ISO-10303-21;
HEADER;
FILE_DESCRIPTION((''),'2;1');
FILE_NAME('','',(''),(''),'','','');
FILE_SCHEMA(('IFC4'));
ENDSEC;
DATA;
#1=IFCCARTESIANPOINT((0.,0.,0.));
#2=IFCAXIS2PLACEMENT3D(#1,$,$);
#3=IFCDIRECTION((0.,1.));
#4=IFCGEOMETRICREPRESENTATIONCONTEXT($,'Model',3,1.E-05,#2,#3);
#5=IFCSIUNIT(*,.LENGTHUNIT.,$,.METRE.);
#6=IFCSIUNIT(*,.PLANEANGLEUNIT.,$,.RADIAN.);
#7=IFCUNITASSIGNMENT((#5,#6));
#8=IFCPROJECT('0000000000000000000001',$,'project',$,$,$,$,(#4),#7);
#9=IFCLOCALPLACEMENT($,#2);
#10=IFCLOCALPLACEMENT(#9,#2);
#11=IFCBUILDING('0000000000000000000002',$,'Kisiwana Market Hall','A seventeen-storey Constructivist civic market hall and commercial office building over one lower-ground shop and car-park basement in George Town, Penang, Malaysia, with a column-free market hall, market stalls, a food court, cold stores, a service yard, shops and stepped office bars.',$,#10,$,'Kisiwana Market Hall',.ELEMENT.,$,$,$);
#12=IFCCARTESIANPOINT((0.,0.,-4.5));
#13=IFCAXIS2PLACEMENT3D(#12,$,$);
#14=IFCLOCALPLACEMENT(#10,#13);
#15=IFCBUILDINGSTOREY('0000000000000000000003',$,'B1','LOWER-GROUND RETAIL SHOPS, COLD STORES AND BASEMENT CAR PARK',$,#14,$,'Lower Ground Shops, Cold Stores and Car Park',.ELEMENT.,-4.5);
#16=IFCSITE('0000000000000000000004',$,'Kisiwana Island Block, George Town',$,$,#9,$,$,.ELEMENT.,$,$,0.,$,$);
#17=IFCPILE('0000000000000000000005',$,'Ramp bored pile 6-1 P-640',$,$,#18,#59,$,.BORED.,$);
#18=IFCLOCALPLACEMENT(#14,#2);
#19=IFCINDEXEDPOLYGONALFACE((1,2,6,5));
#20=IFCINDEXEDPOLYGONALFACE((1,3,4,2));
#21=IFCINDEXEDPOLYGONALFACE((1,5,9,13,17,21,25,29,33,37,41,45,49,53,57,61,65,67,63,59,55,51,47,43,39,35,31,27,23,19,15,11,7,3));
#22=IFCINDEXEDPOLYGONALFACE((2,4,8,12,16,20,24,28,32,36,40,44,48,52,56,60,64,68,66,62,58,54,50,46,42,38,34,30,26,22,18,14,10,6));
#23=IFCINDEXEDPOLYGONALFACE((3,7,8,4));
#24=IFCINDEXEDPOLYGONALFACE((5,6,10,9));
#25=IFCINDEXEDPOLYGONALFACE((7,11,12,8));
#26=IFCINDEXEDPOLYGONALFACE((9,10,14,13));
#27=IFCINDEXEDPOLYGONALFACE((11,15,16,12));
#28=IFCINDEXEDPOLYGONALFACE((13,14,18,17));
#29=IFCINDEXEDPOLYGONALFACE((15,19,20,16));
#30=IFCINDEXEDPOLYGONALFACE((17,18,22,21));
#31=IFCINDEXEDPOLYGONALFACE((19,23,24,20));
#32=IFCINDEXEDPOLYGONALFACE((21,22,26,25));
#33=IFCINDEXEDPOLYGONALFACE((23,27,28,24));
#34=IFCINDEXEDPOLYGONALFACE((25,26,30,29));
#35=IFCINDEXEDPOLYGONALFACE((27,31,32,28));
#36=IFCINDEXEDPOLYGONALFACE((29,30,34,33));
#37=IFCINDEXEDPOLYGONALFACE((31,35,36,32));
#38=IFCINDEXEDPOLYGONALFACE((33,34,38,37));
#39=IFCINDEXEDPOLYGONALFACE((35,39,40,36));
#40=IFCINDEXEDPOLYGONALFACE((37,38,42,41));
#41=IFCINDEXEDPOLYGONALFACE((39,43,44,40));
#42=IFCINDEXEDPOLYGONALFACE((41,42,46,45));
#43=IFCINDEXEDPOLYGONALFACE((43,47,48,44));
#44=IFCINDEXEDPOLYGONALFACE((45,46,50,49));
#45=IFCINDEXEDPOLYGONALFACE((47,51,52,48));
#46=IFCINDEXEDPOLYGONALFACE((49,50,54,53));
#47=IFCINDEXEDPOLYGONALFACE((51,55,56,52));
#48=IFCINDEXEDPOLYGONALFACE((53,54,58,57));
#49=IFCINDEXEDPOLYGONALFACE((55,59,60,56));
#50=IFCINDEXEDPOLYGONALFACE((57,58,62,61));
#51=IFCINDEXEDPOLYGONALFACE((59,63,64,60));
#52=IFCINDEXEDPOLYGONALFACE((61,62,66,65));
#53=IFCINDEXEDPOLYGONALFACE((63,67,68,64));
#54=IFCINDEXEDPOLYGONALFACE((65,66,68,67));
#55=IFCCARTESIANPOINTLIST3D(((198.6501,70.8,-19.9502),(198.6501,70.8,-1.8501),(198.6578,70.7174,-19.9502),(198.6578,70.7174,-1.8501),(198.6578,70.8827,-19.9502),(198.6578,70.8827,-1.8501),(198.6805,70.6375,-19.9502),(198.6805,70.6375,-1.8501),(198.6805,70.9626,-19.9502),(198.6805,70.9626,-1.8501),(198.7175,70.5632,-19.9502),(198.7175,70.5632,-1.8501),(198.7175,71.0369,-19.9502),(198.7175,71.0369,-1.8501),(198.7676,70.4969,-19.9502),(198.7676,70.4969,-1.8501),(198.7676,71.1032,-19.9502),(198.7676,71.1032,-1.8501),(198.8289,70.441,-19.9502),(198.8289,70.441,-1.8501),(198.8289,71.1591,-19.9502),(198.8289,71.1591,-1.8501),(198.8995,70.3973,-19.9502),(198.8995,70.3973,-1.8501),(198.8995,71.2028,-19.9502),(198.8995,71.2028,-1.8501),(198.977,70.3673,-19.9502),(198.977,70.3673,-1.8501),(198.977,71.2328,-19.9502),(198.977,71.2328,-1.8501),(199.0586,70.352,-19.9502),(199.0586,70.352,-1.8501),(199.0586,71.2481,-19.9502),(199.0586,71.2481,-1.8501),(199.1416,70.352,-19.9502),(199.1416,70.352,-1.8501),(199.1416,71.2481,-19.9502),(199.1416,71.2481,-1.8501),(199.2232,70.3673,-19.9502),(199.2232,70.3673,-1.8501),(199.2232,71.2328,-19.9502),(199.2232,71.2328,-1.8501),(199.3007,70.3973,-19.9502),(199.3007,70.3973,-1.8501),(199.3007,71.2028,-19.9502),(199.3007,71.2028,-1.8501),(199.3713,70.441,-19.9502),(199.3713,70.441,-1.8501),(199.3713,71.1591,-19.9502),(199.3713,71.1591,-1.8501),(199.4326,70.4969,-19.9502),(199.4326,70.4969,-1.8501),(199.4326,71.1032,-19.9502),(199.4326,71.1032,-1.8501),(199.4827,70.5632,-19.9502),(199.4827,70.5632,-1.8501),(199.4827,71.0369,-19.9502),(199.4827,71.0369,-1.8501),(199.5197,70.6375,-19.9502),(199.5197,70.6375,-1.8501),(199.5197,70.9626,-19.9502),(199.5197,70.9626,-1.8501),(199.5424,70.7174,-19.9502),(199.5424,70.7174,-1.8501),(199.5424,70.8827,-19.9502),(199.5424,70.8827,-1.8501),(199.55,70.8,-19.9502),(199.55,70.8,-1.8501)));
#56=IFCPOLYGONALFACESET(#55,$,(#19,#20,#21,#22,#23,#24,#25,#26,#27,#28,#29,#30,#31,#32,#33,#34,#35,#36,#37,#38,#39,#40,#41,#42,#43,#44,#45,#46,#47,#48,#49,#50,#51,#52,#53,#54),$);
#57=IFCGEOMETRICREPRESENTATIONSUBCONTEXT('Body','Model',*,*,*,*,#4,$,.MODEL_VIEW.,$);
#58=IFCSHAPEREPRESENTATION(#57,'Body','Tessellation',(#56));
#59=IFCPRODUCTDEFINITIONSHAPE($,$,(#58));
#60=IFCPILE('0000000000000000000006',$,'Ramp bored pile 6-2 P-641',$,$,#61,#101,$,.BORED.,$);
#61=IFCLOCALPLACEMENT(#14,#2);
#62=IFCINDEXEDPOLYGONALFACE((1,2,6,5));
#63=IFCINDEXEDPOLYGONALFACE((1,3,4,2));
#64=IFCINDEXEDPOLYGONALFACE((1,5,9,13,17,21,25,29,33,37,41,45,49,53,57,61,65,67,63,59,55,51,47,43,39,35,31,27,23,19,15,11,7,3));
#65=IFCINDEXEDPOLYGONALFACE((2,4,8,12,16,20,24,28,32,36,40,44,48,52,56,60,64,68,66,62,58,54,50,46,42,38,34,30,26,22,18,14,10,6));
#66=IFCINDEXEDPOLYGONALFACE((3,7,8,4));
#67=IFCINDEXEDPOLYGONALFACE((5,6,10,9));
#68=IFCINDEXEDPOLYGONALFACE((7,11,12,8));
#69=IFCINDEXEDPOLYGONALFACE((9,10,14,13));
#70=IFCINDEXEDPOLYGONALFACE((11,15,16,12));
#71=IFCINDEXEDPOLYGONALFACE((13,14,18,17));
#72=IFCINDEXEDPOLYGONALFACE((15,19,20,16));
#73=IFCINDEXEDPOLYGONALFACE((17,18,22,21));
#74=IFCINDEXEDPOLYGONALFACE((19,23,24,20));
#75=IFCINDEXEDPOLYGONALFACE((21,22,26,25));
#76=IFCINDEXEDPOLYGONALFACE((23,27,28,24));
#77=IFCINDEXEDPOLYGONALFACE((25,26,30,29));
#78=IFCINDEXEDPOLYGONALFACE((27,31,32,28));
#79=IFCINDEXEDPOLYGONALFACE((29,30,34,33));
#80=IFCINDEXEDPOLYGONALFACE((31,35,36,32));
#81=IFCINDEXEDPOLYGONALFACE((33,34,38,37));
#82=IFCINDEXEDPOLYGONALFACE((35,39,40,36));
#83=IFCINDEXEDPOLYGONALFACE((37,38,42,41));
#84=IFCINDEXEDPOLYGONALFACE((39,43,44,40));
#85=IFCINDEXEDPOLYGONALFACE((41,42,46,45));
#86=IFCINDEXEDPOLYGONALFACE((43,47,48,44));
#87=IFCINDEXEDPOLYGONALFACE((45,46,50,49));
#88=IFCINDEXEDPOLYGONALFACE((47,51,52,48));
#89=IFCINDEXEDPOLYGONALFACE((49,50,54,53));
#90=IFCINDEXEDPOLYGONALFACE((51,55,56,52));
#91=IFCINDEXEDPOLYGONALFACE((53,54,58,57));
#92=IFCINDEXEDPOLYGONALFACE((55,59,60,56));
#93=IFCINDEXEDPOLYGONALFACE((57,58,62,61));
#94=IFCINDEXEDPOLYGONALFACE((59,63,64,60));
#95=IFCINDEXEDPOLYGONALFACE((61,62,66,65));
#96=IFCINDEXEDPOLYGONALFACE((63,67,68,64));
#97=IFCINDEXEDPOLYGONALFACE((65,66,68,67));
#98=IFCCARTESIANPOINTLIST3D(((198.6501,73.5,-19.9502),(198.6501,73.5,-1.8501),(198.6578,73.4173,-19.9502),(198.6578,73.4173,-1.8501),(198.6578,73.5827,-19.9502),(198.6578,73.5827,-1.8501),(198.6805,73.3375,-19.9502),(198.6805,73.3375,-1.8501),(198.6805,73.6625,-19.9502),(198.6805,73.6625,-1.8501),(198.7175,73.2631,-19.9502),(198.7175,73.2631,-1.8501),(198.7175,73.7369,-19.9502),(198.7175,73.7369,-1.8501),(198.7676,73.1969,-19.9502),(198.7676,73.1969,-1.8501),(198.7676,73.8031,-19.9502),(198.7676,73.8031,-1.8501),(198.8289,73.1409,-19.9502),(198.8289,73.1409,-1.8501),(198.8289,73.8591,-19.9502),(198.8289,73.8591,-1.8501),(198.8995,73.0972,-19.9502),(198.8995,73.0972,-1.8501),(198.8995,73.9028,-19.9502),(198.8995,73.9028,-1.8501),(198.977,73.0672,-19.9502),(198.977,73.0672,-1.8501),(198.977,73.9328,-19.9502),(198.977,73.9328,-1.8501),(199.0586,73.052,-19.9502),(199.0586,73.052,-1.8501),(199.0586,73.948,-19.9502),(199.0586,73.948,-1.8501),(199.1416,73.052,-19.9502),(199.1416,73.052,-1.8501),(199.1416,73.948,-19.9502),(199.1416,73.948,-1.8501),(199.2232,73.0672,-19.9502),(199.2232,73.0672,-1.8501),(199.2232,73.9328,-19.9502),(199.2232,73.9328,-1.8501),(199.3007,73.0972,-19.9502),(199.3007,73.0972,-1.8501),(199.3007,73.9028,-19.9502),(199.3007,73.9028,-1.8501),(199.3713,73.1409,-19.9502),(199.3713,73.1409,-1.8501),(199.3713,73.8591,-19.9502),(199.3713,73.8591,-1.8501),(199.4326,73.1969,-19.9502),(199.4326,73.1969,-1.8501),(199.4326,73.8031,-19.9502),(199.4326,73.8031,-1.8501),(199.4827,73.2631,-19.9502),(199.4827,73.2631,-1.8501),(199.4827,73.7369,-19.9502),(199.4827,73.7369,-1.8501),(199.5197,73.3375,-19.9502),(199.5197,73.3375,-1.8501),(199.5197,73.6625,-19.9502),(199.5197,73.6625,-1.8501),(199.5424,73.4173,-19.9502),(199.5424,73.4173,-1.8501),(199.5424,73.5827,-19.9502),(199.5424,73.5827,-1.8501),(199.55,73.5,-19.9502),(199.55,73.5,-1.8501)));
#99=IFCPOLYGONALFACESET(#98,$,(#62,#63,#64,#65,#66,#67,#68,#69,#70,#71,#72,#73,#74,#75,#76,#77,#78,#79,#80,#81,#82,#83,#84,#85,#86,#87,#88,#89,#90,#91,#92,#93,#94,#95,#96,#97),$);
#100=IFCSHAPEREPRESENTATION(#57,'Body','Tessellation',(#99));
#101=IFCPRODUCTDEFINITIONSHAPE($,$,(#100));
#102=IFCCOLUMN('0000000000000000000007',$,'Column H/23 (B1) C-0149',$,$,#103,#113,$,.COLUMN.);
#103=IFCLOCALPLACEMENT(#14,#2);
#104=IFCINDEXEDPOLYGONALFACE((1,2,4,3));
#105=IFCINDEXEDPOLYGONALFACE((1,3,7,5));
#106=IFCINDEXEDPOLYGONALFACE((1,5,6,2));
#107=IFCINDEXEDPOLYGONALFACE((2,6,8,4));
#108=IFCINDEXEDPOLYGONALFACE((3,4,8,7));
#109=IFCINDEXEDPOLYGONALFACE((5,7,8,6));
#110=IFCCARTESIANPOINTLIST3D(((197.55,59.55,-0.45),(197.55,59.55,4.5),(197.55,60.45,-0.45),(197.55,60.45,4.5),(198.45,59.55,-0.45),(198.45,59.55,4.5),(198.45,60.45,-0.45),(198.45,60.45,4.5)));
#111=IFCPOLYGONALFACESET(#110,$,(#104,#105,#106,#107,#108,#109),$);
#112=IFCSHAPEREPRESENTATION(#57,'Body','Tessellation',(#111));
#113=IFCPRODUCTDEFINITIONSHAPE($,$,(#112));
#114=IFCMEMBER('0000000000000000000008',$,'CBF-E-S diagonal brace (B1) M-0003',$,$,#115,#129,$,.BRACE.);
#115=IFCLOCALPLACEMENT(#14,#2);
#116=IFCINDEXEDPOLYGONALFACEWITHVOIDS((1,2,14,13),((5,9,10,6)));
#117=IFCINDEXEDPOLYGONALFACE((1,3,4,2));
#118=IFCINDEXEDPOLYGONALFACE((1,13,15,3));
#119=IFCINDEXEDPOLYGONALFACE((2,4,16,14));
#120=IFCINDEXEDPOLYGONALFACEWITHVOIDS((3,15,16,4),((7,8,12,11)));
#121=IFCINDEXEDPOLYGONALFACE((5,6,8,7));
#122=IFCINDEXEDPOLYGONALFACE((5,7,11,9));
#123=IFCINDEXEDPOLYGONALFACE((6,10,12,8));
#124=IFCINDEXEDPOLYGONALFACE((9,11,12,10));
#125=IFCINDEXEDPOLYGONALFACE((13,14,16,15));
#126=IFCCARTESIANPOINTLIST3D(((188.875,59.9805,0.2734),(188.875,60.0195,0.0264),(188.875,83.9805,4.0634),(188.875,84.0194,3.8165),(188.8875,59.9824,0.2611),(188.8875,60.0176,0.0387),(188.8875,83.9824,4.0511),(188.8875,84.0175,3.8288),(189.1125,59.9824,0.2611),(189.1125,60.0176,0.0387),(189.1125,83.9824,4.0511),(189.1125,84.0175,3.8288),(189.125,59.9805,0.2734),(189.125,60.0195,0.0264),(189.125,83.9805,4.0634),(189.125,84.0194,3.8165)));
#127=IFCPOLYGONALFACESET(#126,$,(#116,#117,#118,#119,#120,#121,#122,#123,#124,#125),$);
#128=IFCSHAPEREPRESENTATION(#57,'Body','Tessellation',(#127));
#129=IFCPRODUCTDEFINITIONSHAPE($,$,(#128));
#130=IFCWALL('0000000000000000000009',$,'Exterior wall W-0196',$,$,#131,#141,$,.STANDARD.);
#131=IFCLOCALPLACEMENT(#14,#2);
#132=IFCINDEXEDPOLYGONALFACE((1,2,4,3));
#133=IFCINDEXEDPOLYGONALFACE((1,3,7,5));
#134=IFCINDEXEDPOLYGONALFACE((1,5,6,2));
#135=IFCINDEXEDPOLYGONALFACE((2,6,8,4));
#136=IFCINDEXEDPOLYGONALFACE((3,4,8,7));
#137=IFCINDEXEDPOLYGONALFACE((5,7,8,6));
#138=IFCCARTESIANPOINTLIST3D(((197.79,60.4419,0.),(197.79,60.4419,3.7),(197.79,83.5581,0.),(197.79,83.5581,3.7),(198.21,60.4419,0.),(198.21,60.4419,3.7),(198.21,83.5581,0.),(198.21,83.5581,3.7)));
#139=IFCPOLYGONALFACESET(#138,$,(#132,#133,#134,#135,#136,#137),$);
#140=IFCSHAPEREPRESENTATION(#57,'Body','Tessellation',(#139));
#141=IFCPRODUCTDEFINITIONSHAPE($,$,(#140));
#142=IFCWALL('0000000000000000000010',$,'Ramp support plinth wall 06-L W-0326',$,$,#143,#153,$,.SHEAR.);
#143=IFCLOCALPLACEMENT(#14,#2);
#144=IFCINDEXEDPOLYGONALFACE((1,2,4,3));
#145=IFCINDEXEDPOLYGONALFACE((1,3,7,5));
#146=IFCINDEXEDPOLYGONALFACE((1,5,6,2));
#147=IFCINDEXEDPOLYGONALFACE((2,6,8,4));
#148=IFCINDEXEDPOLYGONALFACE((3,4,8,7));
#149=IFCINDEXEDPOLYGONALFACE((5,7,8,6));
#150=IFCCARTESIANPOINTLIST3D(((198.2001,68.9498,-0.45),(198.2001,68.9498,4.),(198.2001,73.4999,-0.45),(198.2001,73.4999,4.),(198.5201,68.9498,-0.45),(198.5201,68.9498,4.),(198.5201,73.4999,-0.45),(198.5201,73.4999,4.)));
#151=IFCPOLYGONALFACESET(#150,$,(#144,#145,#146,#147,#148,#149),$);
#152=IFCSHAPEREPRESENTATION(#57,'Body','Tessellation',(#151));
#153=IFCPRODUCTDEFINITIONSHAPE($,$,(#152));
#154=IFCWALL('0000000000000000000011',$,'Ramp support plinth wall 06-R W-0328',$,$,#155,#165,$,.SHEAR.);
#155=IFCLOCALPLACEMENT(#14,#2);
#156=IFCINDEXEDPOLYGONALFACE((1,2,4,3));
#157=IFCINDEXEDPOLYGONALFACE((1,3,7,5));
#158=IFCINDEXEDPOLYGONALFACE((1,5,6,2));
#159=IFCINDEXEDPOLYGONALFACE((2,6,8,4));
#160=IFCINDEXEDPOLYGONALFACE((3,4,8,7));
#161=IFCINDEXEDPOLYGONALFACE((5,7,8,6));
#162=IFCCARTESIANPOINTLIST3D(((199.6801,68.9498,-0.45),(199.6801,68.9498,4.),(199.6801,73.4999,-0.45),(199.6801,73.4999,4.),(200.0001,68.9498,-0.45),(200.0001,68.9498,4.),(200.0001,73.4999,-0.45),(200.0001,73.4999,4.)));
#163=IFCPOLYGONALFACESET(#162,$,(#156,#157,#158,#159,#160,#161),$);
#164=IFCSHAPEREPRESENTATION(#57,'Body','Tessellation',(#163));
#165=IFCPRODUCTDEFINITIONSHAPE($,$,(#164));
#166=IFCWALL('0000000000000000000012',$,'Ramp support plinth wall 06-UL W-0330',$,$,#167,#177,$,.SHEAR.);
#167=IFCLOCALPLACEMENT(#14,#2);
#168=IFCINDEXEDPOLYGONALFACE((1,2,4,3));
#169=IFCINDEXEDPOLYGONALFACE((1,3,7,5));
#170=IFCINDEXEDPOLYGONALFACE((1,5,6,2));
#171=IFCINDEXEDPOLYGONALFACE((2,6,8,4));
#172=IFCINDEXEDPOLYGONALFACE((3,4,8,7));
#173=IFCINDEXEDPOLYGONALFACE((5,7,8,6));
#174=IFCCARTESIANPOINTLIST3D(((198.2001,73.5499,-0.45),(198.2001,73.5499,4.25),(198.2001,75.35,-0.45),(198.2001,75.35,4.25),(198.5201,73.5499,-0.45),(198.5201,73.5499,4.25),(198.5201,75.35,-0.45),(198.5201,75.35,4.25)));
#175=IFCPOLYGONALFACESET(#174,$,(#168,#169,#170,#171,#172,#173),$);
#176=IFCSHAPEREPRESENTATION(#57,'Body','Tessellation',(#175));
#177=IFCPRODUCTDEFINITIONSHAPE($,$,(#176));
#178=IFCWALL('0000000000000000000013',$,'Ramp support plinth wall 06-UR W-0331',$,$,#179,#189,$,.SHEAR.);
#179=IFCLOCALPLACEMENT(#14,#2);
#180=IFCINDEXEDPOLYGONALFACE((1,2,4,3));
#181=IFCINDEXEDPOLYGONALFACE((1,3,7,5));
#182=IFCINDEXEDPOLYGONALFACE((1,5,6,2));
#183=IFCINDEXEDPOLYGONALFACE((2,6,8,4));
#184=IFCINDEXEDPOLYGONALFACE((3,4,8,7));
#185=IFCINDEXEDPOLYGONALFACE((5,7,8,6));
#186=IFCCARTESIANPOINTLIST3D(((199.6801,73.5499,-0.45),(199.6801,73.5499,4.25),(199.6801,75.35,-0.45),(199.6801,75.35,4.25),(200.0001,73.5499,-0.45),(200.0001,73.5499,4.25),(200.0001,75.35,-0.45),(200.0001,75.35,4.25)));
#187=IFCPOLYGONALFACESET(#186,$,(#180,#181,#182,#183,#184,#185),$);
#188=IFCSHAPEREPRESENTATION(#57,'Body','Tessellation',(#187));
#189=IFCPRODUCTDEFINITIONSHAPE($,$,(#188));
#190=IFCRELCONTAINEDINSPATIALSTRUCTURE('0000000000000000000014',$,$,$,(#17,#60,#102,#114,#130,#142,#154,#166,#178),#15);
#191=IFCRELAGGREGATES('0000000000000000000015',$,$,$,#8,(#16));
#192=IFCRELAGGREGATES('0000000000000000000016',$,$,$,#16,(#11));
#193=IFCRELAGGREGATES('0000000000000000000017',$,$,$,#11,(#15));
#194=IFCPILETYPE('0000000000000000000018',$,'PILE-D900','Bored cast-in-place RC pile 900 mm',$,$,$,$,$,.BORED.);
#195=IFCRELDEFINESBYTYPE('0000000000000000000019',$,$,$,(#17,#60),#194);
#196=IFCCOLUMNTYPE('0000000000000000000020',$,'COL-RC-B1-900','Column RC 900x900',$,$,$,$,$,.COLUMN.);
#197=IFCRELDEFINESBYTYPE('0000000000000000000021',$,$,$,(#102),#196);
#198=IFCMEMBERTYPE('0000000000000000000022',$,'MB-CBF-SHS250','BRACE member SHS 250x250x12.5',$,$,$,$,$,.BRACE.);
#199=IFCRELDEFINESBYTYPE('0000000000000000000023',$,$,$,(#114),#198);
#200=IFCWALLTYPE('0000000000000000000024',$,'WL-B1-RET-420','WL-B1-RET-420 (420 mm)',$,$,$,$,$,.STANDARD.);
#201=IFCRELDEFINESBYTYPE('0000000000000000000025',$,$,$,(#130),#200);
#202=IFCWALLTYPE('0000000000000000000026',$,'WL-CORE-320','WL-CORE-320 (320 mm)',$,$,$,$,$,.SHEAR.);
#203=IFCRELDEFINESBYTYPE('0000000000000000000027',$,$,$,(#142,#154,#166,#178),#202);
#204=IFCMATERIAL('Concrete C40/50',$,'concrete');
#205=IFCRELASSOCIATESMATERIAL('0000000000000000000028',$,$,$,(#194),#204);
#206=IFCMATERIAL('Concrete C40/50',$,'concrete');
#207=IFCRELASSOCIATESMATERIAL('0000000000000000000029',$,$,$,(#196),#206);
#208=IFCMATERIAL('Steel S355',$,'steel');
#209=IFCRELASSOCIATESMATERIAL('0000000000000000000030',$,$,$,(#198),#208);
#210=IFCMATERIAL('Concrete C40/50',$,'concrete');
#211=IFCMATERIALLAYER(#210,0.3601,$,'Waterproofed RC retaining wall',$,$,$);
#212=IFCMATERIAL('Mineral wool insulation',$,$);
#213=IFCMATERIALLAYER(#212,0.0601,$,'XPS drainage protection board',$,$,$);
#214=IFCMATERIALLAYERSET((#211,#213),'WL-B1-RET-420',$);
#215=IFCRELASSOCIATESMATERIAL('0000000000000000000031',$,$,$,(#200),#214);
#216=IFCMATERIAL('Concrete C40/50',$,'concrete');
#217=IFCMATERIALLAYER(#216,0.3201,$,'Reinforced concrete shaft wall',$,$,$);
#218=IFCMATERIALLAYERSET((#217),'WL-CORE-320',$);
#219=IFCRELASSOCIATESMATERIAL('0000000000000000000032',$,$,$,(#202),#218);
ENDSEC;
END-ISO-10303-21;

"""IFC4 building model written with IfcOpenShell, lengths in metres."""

from ifc_helpers import new_model, si_unit, direction, frame, frame_2d, origin, origin_2d, place, context, subcontext, project, spatial, rectangle, hollow_rectangle, circle, extrude, material, layer, layer_set, material_profile, profile_set, type_object, element, save


model = new_model("IFC4")

# Units and contexts
model_context = context("Model", 3, precision=1e-05, world=origin(), true_north=direction((0.0, 1.0)))
body_context = subcontext(model_context, "Body", "Model", "MODEL_VIEW")
ifc_project = project(units=[si_unit("LENGTHUNIT", "METRE"), si_unit("PLANEANGLEUNIT", "RADIAN")], contexts=[model_context])

# Site, building, storey
site_placement = place(None, origin())
site = spatial("IfcSite", under=ifc_project, at=site_placement, Name="Kisiwana Island Block, George Town", CompositionType="ELEMENT", RefElevation=0.0)
building_placement = place(site_placement, origin())
building = spatial("IfcBuilding", under=site, at=building_placement, Name="Kisiwana Market Hall", Description="A seventeen-storey Constructivist civic market hall and commercial office building over one lower-ground shop and car-park basement in George Town, Penang, Malaysia, with a column-free market hall, market stalls, a food court, cold stores, a service yard, shops and stepped office bars.", LongName="Kisiwana Market Hall", CompositionType="ELEMENT")
storey_placement = place(building_placement, frame((0.0, 0.0, -4.5)))
storey = spatial("IfcBuildingStorey", under=building, at=storey_placement, Name="B1", Description="LOWER-GROUND RETAIL SHOPS, COLD STORES AND BASEMENT CAR PARK", LongName="Lower Ground Shops, Cold Stores and Car Park", CompositionType="ELEMENT", Elevation=-4.5)

# Piles
ifc_material_1 = material(Name="Concrete C40/50", Category="concrete")
ifc_material_profile_1 = material_profile(ifc_material_1, circle(Radius=0.45, at=origin_2d()), Name="BP D900")
ifc_profile_set_1 = profile_set([ifc_material_profile_1], Name="Concrete C40/50")
pile_type_1 = type_object("IfcPileType", Name="PILE-D900", Description="Bored cast-in-place RC pile 900 mm", PredefinedType="BORED", material=ifc_profile_set_1)
for number, where, z_axis, x_axis, name in (
    (1, (199.1001, 70.8, -1.8501), (0.0, 0.0, -1.0), (1.0, 0.0, 0.0), "Ramp bored pile 6-1 P-640"),
    (2, (199.1001, 73.5, -1.8501), (0.0, 0.0, -1.0), (1.0, 0.0, 0.0), "Ramp bored pile 6-2 P-641"),
):
    element("IfcPile", number, at=place(storey_placement, frame(where, z_axis=z_axis, x_axis=x_axis)), inside=storey, type_object=pile_type_1, Name=name, PredefinedType="BORED", context=body_context, shape_type="SweptSolid", body=[
        extrude(circle(Radius=0.45, at=origin_2d()), origin(), (0.0, 0.0, 1.0), 18.1001),
    ])

# Column
ifc_material_2 = material(Name="Concrete C40/50", Category="concrete")
ifc_material_profile_2 = material_profile(ifc_material_2, rectangle(XDim=0.8999, YDim=0.8999, at=origin_2d()), Name="RC 900x900")
ifc_profile_set_2 = profile_set([ifc_material_profile_2], Name="Concrete C40/50")
column_type = type_object("IfcColumnType", Name="COL-RC-B1-900", Description="Column RC 900x900", PredefinedType="COLUMN", material=ifc_profile_set_2)
column_placement = place(storey_placement, frame((198.0, 60.0, -0.45), z_axis=(0.0, 0.0, 1.0), x_axis=(1.0, 0.0, 0.0)))
element("IfcColumn", 3, at=column_placement, inside=storey, type_object=column_type, Name="Column H/23 (B1) C-0149", PredefinedType="COLUMN", context=body_context, shape_type="SweptSolid", body=[
    extrude(rectangle(XDim=0.8999, YDim=0.8999, at=origin_2d()), origin(), (0.0, 0.0, 1.0), 4.95),
])

# Member
ifc_material_3 = material(Name="Steel S355", Category="steel")
ifc_material_profile_3 = material_profile(ifc_material_3, hollow_rectangle(XDim=0.25, YDim=0.25, WallThickness=0.0125, at=origin_2d()), Name="SHS 250x250x12.5")
ifc_profile_set_3 = profile_set([ifc_material_profile_3], Name="Steel S355")
member_type = type_object("IfcMemberType", Name="MB-CBF-SHS250", Description="BRACE member SHS 250x250x12.5", PredefinedType="BRACE", material=ifc_profile_set_3)
member_placement = place(storey_placement, frame((189.0, 60.0, 0.1499), z_axis=(0.0, 0.987759, 0.155985), x_axis=(-1.0, 0.0, 0.0)))
element("IfcMember", 4, at=member_placement, inside=storey, type_object=member_type, Name="CBF-E-S diagonal brace (B1) M-0003", PredefinedType="BRACE", context=body_context, shape_type="SweptSolid", body=[
    extrude(hollow_rectangle(XDim=0.25, YDim=0.25, WallThickness=0.0125, at=origin_2d()), origin(), (0.0, 0.0, 1.0), 24.2974),
])

# Walls
ifc_material_4 = material(Name="Concrete C40/50", Category="concrete")
ifc_layer_1 = layer(ifc_material_4, 0.3601, Name="Waterproofed RC retaining wall")
ifc_material_5 = material(Name="Mineral wool insulation")
ifc_layer_2 = layer(ifc_material_5, 0.0601, Name="XPS drainage protection board")
ifc_layer_set_1 = layer_set([ifc_layer_1, ifc_layer_2], Name="WL-B1-RET-420")
wall_type_1 = type_object("IfcWallType", Name="WL-B1-RET-420", Description="WL-B1-RET-420 (420 mm)", PredefinedType="STANDARD", material=ifc_layer_set_1)
wall_1_placement = place(storey_placement, frame((198.0, 60.4419, 0.0), z_axis=(0.0, 0.0, 1.0), x_axis=(0.0, 1.0, 0.0)))
element("IfcWall", 5, at=wall_1_placement, inside=storey, type_object=wall_type_1, Name="Exterior wall W-0196", PredefinedType="STANDARD", context=body_context, shape_type="SweptSolid", body=[
    extrude(rectangle(XDim=23.1162, YDim=0.4199, at=frame_2d((11.5581, 0.0))), origin(), (0.0, 0.0, 1.0), 3.7),
])
ifc_material_6 = material(Name="Concrete C40/50", Category="concrete")
ifc_layer_3 = layer(ifc_material_6, 0.3201, Name="Reinforced concrete shaft wall")
ifc_layer_set_2 = layer_set([ifc_layer_3], Name="WL-CORE-320")
wall_type_2 = type_object("IfcWallType", Name="WL-CORE-320", Description="WL-CORE-320 (320 mm)", PredefinedType="SHEAR", material=ifc_layer_set_2)
for number, where, z_axis, x_axis, name in (
    (6, (198.3601, 68.95, -0.45), (0.0, 0.0, 1.0), (0.0, 1.0, 0.0), "Ramp support plinth wall 06-L W-0326"),
    (7, (199.8401, 68.95, -0.45), (0.0, 0.0, 1.0), (0.0, 1.0, 0.0), "Ramp support plinth wall 06-R W-0328"),
):
    element("IfcWall", number, at=place(storey_placement, frame(where, z_axis=z_axis, x_axis=x_axis)), inside=storey, type_object=wall_type_2, Name=name, PredefinedType="SHEAR", context=body_context, shape_type="SweptSolid", body=[
        extrude(rectangle(XDim=4.55, YDim=0.3201, at=frame_2d((2.2749, 0.0))), origin(), (0.0, 0.0, 1.0), 4.45),
    ])
for number, where, z_axis, x_axis, name in (
    (8, (198.3601, 73.55, -0.45), (0.0, 0.0, 1.0), (0.0, 1.0, 0.0), "Ramp support plinth wall 06-UL W-0330"),
    (9, (199.8401, 73.55, -0.45), (0.0, 0.0, 1.0), (0.0, 1.0, 0.0), "Ramp support plinth wall 06-UR W-0331"),
):
    element("IfcWall", number, at=place(storey_placement, frame(where, z_axis=z_axis, x_axis=x_axis)), inside=storey, type_object=wall_type_2, Name=name, PredefinedType="SHEAR", context=body_context, shape_type="SweptSolid", body=[
        extrude(rectangle(XDim=1.8, YDim=0.3201, at=frame_2d((0.8999, 0.0))), origin(), (0.0, 0.0, 1.0), 4.7),
    ])

save(model, "model.ifc")
